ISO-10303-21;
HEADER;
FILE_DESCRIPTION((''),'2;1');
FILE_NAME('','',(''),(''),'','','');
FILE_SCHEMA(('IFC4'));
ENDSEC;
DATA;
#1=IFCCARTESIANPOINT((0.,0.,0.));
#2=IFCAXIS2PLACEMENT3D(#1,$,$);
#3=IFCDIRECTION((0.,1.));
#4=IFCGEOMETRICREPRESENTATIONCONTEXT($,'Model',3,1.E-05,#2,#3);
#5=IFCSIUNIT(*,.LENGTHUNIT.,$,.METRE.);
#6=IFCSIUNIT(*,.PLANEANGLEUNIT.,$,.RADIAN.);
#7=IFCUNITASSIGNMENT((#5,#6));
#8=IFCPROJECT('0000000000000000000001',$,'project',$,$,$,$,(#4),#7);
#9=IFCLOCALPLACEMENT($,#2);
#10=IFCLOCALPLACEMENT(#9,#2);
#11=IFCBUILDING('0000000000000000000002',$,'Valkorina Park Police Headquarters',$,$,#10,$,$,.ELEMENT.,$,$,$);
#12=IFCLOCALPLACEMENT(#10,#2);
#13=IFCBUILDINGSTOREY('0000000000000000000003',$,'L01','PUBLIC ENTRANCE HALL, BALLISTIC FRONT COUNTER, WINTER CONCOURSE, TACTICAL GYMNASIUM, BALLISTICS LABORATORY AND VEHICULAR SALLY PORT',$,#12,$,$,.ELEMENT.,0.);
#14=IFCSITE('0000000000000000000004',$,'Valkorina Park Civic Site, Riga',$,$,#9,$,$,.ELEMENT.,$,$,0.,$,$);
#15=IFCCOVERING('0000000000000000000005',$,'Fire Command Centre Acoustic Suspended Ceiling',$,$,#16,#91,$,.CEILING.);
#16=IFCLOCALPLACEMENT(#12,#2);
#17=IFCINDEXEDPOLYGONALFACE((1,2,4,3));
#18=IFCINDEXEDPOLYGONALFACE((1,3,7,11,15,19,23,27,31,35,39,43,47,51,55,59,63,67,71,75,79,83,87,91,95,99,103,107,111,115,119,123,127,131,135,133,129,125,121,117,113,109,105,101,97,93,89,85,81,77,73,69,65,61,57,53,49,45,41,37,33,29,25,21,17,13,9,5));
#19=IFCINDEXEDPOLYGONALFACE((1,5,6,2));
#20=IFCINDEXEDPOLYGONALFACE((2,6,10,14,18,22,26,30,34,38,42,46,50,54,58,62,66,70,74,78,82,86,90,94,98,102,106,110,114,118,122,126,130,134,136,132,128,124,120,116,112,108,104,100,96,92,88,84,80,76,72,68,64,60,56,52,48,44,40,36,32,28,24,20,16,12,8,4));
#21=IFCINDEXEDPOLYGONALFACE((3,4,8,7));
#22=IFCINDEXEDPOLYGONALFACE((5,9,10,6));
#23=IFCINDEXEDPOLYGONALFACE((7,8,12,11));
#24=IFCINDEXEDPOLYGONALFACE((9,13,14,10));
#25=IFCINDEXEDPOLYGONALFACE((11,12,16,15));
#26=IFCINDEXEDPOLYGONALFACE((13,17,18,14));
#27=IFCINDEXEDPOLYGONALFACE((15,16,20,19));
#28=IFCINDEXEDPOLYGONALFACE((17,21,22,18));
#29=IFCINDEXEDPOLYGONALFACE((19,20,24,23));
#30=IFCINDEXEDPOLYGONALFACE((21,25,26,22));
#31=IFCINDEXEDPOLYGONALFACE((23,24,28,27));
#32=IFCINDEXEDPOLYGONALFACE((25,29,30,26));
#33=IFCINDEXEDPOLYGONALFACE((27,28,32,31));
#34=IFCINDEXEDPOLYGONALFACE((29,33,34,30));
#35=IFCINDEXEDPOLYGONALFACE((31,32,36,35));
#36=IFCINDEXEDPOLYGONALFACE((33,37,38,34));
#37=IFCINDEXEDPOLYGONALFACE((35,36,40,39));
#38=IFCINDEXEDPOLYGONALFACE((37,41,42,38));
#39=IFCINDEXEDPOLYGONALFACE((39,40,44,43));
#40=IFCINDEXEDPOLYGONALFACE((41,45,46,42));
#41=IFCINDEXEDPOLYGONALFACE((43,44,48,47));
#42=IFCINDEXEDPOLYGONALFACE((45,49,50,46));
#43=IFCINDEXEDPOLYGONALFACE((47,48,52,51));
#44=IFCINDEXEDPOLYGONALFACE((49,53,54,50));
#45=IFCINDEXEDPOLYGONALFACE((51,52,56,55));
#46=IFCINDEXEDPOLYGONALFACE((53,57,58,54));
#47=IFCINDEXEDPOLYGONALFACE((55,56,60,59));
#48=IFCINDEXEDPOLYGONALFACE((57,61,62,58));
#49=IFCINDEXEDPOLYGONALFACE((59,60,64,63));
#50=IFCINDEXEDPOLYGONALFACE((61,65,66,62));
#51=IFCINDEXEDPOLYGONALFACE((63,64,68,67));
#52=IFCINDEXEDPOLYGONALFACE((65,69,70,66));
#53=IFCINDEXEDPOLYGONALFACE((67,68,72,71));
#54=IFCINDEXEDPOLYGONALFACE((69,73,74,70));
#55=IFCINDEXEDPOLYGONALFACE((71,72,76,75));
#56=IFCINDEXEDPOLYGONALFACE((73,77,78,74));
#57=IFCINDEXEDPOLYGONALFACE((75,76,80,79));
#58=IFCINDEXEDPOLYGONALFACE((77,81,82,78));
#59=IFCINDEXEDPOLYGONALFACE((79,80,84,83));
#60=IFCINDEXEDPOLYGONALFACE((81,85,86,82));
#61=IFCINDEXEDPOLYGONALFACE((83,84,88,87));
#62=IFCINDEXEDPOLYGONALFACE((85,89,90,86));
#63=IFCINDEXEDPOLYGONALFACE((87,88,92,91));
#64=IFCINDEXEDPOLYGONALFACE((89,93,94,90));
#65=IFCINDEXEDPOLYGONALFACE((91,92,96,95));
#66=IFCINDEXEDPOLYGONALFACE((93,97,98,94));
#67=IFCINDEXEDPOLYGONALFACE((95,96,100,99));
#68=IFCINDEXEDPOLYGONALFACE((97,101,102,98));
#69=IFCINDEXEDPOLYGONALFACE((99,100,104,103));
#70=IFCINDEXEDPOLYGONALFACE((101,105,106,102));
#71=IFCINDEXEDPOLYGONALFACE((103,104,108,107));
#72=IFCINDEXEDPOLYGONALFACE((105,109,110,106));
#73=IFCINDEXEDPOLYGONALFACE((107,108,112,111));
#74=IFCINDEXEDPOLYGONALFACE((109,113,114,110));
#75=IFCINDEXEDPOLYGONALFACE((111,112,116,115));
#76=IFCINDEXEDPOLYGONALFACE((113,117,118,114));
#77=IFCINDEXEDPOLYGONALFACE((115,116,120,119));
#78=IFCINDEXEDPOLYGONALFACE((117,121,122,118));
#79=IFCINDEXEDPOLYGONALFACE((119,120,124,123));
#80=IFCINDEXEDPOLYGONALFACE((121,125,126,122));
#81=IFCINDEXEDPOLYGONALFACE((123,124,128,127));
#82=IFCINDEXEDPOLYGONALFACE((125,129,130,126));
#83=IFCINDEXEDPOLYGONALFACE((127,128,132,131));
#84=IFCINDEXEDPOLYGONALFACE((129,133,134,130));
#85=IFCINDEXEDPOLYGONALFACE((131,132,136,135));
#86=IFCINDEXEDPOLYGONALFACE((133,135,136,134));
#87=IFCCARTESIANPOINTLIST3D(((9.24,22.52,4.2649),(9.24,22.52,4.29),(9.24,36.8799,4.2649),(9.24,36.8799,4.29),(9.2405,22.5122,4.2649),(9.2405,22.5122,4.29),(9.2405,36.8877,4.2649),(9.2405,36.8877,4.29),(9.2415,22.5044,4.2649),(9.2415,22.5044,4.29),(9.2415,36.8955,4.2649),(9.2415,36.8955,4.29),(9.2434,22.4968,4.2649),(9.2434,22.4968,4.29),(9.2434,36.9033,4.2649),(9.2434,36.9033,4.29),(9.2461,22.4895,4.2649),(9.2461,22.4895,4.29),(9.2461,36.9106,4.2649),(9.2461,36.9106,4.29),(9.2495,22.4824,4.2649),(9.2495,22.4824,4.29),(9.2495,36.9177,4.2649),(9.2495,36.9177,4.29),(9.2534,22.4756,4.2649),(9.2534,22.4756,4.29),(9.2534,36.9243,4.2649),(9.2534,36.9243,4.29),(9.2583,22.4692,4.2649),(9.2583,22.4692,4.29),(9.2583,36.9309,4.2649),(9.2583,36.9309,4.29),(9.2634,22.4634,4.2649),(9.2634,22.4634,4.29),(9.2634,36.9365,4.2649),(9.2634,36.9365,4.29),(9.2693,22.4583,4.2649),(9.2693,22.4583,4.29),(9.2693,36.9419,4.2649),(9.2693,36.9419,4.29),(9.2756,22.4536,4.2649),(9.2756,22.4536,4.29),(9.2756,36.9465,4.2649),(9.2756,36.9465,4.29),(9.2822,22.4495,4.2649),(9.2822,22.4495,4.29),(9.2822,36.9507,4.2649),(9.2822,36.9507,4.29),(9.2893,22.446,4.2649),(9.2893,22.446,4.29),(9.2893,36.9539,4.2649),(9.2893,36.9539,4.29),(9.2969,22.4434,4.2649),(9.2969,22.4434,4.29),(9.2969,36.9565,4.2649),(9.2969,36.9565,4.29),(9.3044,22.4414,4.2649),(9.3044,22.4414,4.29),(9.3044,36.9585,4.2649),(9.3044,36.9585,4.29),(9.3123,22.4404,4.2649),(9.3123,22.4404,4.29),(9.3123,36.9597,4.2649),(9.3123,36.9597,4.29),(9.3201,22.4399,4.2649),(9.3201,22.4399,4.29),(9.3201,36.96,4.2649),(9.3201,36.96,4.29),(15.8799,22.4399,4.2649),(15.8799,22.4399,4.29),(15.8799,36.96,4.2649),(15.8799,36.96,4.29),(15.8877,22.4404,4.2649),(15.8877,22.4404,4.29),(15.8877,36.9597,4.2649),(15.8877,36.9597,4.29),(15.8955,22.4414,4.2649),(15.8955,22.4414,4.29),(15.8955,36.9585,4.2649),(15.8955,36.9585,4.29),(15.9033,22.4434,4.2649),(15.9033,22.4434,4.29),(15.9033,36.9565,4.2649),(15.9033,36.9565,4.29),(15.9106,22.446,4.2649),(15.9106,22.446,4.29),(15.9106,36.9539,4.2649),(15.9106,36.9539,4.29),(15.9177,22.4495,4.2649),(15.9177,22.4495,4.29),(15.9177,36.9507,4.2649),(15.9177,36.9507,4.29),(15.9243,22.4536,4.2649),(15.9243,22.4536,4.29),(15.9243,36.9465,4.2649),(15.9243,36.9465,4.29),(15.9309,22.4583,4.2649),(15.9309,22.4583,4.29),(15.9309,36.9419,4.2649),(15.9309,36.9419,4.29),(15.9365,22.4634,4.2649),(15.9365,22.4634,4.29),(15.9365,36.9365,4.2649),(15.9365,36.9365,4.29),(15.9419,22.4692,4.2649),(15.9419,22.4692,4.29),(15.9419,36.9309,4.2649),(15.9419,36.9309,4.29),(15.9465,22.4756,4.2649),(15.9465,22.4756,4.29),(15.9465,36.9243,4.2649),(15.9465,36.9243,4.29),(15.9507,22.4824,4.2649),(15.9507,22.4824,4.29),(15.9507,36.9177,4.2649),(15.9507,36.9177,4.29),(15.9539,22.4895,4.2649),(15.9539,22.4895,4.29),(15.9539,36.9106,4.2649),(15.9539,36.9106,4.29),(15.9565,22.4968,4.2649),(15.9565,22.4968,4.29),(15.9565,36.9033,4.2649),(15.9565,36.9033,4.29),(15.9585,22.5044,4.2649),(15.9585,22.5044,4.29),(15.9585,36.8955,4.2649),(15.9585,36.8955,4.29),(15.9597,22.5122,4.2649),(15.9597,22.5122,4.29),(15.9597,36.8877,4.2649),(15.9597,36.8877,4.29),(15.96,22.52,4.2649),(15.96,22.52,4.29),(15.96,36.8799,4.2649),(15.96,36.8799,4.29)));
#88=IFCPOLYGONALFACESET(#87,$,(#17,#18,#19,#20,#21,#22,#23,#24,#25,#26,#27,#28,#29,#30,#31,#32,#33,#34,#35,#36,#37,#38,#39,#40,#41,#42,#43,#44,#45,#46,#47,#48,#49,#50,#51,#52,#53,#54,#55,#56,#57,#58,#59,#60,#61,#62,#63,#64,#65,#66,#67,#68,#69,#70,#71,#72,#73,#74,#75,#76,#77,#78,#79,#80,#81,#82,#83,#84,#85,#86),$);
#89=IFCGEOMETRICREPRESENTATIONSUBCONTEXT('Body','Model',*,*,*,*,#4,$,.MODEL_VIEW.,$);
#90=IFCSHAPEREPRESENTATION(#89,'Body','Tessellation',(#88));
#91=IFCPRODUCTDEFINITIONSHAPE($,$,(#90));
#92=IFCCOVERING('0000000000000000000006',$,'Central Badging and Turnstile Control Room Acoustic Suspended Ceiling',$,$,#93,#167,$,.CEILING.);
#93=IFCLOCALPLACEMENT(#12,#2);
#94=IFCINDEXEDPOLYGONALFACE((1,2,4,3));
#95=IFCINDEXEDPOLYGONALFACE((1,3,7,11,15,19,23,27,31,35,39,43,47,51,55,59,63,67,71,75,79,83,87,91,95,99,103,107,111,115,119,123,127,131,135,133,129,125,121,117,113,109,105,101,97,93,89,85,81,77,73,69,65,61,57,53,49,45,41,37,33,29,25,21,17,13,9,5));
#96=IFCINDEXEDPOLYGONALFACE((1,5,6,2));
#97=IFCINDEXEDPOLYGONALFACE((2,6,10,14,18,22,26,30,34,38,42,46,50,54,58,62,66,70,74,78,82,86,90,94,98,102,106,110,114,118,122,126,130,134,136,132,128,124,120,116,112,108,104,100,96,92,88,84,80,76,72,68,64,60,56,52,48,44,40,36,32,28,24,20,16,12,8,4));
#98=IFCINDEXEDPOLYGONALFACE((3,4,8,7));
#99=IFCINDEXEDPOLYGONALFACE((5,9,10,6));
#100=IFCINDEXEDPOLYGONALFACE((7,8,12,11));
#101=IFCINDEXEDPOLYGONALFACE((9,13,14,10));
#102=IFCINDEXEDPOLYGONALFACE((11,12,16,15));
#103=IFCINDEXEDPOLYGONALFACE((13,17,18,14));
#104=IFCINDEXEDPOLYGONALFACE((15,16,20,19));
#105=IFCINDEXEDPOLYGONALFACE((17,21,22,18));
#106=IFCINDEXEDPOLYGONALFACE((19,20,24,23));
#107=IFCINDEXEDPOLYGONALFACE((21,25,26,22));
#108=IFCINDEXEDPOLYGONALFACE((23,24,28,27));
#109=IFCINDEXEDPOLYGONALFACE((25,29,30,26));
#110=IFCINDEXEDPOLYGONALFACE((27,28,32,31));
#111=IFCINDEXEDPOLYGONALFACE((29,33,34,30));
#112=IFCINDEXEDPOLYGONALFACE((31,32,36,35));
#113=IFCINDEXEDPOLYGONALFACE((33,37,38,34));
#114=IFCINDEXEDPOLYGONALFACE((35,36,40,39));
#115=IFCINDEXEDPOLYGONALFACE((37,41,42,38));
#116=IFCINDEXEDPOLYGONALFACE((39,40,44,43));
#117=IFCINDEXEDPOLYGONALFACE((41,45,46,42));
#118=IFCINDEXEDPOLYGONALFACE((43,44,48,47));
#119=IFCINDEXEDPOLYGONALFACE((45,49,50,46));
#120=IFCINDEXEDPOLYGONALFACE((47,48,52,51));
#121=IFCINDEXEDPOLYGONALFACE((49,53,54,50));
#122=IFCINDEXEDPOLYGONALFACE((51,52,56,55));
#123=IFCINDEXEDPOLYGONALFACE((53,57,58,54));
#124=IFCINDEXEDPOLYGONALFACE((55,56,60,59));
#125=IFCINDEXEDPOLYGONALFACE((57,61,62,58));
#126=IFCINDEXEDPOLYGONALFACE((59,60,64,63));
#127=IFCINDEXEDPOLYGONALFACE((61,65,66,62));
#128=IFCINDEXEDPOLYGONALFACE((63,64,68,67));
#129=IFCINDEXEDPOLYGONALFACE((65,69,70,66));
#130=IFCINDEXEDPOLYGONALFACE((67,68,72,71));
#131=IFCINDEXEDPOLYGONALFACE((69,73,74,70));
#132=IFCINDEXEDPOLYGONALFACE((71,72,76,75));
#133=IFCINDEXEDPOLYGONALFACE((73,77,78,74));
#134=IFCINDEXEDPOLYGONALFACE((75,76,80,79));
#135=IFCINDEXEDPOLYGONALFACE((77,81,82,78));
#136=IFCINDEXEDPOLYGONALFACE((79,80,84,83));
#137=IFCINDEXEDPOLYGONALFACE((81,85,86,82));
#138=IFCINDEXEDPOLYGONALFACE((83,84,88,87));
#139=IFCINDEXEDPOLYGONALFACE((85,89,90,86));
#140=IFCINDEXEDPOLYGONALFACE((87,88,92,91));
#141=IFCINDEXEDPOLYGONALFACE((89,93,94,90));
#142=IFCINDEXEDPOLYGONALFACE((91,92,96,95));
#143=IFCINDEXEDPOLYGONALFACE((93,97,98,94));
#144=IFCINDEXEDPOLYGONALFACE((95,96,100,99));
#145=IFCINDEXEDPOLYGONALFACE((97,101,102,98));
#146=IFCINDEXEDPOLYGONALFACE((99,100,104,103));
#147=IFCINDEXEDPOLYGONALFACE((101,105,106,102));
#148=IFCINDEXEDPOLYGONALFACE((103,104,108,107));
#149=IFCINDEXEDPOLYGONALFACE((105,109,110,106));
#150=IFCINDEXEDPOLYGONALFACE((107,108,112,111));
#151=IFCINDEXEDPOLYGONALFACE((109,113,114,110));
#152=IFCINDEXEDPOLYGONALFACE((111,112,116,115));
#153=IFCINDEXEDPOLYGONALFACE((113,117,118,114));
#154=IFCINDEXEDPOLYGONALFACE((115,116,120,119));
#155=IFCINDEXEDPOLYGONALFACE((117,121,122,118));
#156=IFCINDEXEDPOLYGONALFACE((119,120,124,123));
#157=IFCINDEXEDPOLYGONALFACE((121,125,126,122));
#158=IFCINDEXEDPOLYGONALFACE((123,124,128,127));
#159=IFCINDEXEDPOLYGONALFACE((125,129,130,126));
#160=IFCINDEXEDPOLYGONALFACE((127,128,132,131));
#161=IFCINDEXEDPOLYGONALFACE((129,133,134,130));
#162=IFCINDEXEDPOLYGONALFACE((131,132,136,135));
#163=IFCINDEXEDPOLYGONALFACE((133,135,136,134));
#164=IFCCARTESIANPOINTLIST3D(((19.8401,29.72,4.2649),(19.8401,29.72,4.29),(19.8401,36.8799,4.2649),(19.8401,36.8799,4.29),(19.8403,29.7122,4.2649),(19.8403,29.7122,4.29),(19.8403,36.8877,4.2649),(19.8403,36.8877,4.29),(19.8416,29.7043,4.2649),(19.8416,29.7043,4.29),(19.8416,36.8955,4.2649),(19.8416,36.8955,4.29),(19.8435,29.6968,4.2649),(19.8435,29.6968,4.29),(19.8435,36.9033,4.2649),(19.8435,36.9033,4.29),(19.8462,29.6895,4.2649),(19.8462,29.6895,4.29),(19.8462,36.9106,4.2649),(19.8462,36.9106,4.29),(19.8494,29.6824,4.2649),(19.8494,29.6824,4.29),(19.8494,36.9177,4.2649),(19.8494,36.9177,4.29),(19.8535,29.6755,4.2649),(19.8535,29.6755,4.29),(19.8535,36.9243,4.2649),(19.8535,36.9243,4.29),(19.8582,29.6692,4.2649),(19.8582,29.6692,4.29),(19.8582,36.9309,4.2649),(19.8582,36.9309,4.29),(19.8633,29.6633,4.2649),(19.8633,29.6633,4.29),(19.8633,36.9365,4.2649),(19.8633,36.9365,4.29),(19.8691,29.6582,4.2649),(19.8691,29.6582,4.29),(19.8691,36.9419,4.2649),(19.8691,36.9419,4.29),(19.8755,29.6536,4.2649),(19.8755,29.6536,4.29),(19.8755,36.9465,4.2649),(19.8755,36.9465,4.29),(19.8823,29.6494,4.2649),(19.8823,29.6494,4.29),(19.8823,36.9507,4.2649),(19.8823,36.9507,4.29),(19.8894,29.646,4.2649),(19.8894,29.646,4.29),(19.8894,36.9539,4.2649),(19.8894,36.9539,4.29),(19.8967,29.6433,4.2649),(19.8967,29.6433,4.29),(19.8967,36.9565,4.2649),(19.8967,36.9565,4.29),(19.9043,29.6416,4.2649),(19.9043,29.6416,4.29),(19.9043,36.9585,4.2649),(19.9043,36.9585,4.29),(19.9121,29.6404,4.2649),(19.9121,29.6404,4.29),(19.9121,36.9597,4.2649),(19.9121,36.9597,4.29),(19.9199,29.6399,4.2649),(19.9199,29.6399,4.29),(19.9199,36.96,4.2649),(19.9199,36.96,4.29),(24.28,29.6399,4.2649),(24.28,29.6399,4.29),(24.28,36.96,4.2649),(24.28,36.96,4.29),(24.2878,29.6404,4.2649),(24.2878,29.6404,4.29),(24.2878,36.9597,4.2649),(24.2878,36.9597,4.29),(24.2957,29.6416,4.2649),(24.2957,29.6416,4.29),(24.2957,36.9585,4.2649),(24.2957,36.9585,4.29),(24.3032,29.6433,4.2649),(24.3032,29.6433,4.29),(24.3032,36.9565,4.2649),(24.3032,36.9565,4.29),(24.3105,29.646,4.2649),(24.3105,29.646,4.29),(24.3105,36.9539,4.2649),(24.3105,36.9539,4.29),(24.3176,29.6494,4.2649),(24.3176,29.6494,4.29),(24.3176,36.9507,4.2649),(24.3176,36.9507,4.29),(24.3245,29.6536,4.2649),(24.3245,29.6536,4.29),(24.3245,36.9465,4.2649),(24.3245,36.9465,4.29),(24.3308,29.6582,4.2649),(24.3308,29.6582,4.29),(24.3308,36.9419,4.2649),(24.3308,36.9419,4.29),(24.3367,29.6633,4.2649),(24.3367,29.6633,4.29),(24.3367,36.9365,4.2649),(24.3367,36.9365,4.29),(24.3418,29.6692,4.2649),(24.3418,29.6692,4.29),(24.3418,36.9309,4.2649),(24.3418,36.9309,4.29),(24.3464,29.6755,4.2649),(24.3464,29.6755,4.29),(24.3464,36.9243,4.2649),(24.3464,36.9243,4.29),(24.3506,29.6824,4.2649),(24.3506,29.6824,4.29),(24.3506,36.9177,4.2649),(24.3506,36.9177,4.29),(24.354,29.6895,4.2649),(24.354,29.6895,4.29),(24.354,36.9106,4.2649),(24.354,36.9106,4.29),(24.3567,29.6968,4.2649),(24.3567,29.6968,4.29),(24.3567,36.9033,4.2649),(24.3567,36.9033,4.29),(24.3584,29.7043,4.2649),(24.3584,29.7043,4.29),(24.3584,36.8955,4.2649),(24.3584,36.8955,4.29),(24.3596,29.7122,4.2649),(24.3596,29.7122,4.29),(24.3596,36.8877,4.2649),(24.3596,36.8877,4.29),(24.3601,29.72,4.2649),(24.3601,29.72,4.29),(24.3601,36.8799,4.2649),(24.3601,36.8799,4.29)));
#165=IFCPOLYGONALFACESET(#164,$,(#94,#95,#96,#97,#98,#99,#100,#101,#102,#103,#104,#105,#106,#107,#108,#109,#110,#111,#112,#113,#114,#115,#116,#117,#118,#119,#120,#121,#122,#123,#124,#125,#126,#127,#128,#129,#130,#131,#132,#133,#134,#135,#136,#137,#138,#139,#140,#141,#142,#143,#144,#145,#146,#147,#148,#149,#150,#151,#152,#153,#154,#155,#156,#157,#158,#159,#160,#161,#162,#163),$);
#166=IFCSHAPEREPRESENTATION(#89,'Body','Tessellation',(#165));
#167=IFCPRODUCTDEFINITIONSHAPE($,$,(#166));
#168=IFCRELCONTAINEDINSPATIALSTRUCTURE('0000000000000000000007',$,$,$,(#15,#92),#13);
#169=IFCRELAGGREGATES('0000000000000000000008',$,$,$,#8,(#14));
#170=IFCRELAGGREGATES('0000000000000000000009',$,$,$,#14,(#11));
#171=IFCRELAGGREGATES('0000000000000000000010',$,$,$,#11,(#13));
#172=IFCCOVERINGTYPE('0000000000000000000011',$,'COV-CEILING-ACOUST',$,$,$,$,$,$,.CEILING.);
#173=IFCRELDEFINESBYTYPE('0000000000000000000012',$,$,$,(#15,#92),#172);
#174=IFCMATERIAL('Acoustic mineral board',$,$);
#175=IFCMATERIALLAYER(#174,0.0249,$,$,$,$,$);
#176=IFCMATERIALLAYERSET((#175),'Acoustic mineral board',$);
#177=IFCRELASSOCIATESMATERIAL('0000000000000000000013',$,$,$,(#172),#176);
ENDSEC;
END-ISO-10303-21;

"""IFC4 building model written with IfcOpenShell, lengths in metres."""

from ifc_helpers import new_model, si_unit, direction, frame, origin, place, context, subcontext, project, spatial, polyline, outline, extrude, material, layer, layer_set, type_object, element, save


model = new_model("IFC4")

# Units and contexts
model_context = context("Model", 3, precision=1e-05, world=origin(), true_north=direction((0.0, 1.0)))
body_context = subcontext(model_context, "Body", "Model", "MODEL_VIEW")
ifc_project = project(units=[si_unit("LENGTHUNIT", "METRE"), si_unit("PLANEANGLEUNIT", "RADIAN")], contexts=[model_context])

# Site, building, storey
site_placement = place(None, origin())
site = spatial("IfcSite", under=ifc_project, at=site_placement, Name="Valkorina Park Civic Site, Riga", CompositionType="ELEMENT", RefElevation=0.0)
building_placement = place(site_placement, origin())
building = spatial("IfcBuilding", under=site, at=building_placement, Name="Valkorina Park Police Headquarters", CompositionType="ELEMENT")
storey_placement = place(building_placement, origin())
storey = spatial("IfcBuildingStorey", under=building, at=storey_placement, Name="L01", Description="PUBLIC ENTRANCE HALL, BALLISTIC FRONT COUNTER, WINTER CONCOURSE, TACTICAL GYMNASIUM, BALLISTICS LABORATORY AND VEHICULAR SALLY PORT", CompositionType="ELEMENT", Elevation=0.0)

# Coverings
ifc_material_1 = material(Name="Acoustic mineral board")
ifc_layer_1 = layer(ifc_material_1, 0.0249)
ifc_layer_set_1 = layer_set([ifc_layer_1], Name="Acoustic mineral board")
covering_type_1 = type_object("IfcCoveringType", Name="COV-CEILING-ACOUST", PredefinedType="CEILING", material=ifc_layer_set_1)
covering_1_placement = place(storey_placement, frame((0.0, 0.0, 4.2649)))
element("IfcCovering", 1, at=covering_1_placement, inside=storey, type_object=covering_type_1, Name="Fire Command Centre Acoustic Suspended Ceiling", PredefinedType="CEILING", context=body_context, shape_type="SweptSolid", body=[
    extrude(outline(polyline([(15.9585, 22.5044), (15.9597, 22.5122), (15.96, 22.52), (15.96, 36.8799), (15.9597, 36.8877), (15.9585, 36.8955), (15.9565, 36.9033), (15.9539, 36.9106), (15.9507, 36.9177), (15.9465, 36.9243), (15.9419, 36.9309), (15.9365, 36.9365), (15.9309, 36.9419), (15.9243, 36.9465), (15.9177, 36.9507), (15.9106, 36.9539), (15.9033, 36.9565), (15.8955, 36.9585), (15.8877, 36.9597), (15.8799, 36.96), (9.3201, 36.96), (9.3123, 36.9597), (9.3044, 36.9585), (9.2969, 36.9565), (9.2893, 36.9539), (9.2822, 36.9507), (9.2756, 36.9465), (9.2693, 36.9419), (9.2634, 36.9365), (9.2583, 36.9309), (9.2534, 36.9243), (9.2495, 36.9177), (9.2461, 36.9106), (9.2434, 36.9033), (9.2415, 36.8955), (9.2405, 36.8877), (9.24, 36.8799), (9.24, 22.52), (9.2405, 22.5122), (9.2415, 22.5044), (9.2434, 22.4968), (9.2461, 22.4895), (9.2495, 22.4824), (9.2534, 22.4756), (9.2583, 22.4692), (9.2634, 22.4634), (9.2693, 22.4583), (9.2756, 22.4536), (9.2822, 22.4495), (9.2893, 22.446), (9.2969, 22.4434), (9.3044, 22.4414), (9.3123, 22.4404), (9.3201, 22.4399), (15.8799, 22.4399), (15.8877, 22.4404), (15.8955, 22.4414), (15.9033, 22.4434), (15.9106, 22.446), (15.9177, 22.4495), (15.9243, 22.4536), (15.9309, 22.4583), (15.9365, 22.4634), (15.9419, 22.4692), (15.9465, 22.4756), (15.9507, 22.4824), (15.9539, 22.4895), (15.9565, 22.4968), (15.9585, 22.5044)])), origin(), (0.0, 0.0, 1.0), 0.0251),
])
covering_2_placement = place(storey_placement, frame((0.0, 0.0, 4.2649)))
element("IfcCovering", 2, at=covering_2_placement, inside=storey, type_object=covering_type_1, Name="Central Badging and Turnstile Control Room Acoustic Suspended Ceiling", PredefinedType="CEILING", context=body_context, shape_type="SweptSolid", body=[
    extrude(outline(polyline([(24.3584, 29.7043), (24.3596, 29.7122), (24.3601, 29.72), (24.3601, 36.8799), (24.3596, 36.8877), (24.3584, 36.8955), (24.3567, 36.9033), (24.354, 36.9106), (24.3506, 36.9177), (24.3464, 36.9243), (24.3418, 36.9309), (24.3367, 36.9365), (24.3308, 36.9419), (24.3245, 36.9465), (24.3176, 36.9507), (24.3105, 36.9539), (24.3032, 36.9565), (24.2957, 36.9585), (24.2878, 36.9597), (24.28, 36.96), (19.9199, 36.96), (19.9121, 36.9597), (19.9043, 36.9585), (19.8967, 36.9565), (19.8894, 36.9539), (19.8823, 36.9507), (19.8755, 36.9465), (19.8691, 36.9419), (19.8633, 36.9365), (19.8582, 36.9309), (19.8535, 36.9243), (19.8494, 36.9177), (19.8462, 36.9106), (19.8435, 36.9033), (19.8416, 36.8955), (19.8403, 36.8877), (19.8401, 36.8799), (19.8401, 29.72), (19.8403, 29.7122), (19.8416, 29.7043), (19.8435, 29.6968), (19.8462, 29.6895), (19.8494, 29.6824), (19.8535, 29.6755), (19.8582, 29.6692), (19.8633, 29.6633), (19.8691, 29.6582), (19.8755, 29.6536), (19.8823, 29.6494), (19.8894, 29.646), (19.8967, 29.6433), (19.9043, 29.6416), (19.9121, 29.6404), (19.9199, 29.6399), (24.28, 29.6399), (24.2878, 29.6404), (24.2957, 29.6416), (24.3032, 29.6433), (24.3105, 29.646), (24.3176, 29.6494), (24.3245, 29.6536), (24.3308, 29.6582), (24.3367, 29.6633), (24.3418, 29.6692), (24.3464, 29.6755), (24.3506, 29.6824), (24.354, 29.6895), (24.3567, 29.6968), (24.3584, 29.7043)])), origin(), (0.0, 0.0, 1.0), 0.0251),
])

save(model, "model.ifc")
